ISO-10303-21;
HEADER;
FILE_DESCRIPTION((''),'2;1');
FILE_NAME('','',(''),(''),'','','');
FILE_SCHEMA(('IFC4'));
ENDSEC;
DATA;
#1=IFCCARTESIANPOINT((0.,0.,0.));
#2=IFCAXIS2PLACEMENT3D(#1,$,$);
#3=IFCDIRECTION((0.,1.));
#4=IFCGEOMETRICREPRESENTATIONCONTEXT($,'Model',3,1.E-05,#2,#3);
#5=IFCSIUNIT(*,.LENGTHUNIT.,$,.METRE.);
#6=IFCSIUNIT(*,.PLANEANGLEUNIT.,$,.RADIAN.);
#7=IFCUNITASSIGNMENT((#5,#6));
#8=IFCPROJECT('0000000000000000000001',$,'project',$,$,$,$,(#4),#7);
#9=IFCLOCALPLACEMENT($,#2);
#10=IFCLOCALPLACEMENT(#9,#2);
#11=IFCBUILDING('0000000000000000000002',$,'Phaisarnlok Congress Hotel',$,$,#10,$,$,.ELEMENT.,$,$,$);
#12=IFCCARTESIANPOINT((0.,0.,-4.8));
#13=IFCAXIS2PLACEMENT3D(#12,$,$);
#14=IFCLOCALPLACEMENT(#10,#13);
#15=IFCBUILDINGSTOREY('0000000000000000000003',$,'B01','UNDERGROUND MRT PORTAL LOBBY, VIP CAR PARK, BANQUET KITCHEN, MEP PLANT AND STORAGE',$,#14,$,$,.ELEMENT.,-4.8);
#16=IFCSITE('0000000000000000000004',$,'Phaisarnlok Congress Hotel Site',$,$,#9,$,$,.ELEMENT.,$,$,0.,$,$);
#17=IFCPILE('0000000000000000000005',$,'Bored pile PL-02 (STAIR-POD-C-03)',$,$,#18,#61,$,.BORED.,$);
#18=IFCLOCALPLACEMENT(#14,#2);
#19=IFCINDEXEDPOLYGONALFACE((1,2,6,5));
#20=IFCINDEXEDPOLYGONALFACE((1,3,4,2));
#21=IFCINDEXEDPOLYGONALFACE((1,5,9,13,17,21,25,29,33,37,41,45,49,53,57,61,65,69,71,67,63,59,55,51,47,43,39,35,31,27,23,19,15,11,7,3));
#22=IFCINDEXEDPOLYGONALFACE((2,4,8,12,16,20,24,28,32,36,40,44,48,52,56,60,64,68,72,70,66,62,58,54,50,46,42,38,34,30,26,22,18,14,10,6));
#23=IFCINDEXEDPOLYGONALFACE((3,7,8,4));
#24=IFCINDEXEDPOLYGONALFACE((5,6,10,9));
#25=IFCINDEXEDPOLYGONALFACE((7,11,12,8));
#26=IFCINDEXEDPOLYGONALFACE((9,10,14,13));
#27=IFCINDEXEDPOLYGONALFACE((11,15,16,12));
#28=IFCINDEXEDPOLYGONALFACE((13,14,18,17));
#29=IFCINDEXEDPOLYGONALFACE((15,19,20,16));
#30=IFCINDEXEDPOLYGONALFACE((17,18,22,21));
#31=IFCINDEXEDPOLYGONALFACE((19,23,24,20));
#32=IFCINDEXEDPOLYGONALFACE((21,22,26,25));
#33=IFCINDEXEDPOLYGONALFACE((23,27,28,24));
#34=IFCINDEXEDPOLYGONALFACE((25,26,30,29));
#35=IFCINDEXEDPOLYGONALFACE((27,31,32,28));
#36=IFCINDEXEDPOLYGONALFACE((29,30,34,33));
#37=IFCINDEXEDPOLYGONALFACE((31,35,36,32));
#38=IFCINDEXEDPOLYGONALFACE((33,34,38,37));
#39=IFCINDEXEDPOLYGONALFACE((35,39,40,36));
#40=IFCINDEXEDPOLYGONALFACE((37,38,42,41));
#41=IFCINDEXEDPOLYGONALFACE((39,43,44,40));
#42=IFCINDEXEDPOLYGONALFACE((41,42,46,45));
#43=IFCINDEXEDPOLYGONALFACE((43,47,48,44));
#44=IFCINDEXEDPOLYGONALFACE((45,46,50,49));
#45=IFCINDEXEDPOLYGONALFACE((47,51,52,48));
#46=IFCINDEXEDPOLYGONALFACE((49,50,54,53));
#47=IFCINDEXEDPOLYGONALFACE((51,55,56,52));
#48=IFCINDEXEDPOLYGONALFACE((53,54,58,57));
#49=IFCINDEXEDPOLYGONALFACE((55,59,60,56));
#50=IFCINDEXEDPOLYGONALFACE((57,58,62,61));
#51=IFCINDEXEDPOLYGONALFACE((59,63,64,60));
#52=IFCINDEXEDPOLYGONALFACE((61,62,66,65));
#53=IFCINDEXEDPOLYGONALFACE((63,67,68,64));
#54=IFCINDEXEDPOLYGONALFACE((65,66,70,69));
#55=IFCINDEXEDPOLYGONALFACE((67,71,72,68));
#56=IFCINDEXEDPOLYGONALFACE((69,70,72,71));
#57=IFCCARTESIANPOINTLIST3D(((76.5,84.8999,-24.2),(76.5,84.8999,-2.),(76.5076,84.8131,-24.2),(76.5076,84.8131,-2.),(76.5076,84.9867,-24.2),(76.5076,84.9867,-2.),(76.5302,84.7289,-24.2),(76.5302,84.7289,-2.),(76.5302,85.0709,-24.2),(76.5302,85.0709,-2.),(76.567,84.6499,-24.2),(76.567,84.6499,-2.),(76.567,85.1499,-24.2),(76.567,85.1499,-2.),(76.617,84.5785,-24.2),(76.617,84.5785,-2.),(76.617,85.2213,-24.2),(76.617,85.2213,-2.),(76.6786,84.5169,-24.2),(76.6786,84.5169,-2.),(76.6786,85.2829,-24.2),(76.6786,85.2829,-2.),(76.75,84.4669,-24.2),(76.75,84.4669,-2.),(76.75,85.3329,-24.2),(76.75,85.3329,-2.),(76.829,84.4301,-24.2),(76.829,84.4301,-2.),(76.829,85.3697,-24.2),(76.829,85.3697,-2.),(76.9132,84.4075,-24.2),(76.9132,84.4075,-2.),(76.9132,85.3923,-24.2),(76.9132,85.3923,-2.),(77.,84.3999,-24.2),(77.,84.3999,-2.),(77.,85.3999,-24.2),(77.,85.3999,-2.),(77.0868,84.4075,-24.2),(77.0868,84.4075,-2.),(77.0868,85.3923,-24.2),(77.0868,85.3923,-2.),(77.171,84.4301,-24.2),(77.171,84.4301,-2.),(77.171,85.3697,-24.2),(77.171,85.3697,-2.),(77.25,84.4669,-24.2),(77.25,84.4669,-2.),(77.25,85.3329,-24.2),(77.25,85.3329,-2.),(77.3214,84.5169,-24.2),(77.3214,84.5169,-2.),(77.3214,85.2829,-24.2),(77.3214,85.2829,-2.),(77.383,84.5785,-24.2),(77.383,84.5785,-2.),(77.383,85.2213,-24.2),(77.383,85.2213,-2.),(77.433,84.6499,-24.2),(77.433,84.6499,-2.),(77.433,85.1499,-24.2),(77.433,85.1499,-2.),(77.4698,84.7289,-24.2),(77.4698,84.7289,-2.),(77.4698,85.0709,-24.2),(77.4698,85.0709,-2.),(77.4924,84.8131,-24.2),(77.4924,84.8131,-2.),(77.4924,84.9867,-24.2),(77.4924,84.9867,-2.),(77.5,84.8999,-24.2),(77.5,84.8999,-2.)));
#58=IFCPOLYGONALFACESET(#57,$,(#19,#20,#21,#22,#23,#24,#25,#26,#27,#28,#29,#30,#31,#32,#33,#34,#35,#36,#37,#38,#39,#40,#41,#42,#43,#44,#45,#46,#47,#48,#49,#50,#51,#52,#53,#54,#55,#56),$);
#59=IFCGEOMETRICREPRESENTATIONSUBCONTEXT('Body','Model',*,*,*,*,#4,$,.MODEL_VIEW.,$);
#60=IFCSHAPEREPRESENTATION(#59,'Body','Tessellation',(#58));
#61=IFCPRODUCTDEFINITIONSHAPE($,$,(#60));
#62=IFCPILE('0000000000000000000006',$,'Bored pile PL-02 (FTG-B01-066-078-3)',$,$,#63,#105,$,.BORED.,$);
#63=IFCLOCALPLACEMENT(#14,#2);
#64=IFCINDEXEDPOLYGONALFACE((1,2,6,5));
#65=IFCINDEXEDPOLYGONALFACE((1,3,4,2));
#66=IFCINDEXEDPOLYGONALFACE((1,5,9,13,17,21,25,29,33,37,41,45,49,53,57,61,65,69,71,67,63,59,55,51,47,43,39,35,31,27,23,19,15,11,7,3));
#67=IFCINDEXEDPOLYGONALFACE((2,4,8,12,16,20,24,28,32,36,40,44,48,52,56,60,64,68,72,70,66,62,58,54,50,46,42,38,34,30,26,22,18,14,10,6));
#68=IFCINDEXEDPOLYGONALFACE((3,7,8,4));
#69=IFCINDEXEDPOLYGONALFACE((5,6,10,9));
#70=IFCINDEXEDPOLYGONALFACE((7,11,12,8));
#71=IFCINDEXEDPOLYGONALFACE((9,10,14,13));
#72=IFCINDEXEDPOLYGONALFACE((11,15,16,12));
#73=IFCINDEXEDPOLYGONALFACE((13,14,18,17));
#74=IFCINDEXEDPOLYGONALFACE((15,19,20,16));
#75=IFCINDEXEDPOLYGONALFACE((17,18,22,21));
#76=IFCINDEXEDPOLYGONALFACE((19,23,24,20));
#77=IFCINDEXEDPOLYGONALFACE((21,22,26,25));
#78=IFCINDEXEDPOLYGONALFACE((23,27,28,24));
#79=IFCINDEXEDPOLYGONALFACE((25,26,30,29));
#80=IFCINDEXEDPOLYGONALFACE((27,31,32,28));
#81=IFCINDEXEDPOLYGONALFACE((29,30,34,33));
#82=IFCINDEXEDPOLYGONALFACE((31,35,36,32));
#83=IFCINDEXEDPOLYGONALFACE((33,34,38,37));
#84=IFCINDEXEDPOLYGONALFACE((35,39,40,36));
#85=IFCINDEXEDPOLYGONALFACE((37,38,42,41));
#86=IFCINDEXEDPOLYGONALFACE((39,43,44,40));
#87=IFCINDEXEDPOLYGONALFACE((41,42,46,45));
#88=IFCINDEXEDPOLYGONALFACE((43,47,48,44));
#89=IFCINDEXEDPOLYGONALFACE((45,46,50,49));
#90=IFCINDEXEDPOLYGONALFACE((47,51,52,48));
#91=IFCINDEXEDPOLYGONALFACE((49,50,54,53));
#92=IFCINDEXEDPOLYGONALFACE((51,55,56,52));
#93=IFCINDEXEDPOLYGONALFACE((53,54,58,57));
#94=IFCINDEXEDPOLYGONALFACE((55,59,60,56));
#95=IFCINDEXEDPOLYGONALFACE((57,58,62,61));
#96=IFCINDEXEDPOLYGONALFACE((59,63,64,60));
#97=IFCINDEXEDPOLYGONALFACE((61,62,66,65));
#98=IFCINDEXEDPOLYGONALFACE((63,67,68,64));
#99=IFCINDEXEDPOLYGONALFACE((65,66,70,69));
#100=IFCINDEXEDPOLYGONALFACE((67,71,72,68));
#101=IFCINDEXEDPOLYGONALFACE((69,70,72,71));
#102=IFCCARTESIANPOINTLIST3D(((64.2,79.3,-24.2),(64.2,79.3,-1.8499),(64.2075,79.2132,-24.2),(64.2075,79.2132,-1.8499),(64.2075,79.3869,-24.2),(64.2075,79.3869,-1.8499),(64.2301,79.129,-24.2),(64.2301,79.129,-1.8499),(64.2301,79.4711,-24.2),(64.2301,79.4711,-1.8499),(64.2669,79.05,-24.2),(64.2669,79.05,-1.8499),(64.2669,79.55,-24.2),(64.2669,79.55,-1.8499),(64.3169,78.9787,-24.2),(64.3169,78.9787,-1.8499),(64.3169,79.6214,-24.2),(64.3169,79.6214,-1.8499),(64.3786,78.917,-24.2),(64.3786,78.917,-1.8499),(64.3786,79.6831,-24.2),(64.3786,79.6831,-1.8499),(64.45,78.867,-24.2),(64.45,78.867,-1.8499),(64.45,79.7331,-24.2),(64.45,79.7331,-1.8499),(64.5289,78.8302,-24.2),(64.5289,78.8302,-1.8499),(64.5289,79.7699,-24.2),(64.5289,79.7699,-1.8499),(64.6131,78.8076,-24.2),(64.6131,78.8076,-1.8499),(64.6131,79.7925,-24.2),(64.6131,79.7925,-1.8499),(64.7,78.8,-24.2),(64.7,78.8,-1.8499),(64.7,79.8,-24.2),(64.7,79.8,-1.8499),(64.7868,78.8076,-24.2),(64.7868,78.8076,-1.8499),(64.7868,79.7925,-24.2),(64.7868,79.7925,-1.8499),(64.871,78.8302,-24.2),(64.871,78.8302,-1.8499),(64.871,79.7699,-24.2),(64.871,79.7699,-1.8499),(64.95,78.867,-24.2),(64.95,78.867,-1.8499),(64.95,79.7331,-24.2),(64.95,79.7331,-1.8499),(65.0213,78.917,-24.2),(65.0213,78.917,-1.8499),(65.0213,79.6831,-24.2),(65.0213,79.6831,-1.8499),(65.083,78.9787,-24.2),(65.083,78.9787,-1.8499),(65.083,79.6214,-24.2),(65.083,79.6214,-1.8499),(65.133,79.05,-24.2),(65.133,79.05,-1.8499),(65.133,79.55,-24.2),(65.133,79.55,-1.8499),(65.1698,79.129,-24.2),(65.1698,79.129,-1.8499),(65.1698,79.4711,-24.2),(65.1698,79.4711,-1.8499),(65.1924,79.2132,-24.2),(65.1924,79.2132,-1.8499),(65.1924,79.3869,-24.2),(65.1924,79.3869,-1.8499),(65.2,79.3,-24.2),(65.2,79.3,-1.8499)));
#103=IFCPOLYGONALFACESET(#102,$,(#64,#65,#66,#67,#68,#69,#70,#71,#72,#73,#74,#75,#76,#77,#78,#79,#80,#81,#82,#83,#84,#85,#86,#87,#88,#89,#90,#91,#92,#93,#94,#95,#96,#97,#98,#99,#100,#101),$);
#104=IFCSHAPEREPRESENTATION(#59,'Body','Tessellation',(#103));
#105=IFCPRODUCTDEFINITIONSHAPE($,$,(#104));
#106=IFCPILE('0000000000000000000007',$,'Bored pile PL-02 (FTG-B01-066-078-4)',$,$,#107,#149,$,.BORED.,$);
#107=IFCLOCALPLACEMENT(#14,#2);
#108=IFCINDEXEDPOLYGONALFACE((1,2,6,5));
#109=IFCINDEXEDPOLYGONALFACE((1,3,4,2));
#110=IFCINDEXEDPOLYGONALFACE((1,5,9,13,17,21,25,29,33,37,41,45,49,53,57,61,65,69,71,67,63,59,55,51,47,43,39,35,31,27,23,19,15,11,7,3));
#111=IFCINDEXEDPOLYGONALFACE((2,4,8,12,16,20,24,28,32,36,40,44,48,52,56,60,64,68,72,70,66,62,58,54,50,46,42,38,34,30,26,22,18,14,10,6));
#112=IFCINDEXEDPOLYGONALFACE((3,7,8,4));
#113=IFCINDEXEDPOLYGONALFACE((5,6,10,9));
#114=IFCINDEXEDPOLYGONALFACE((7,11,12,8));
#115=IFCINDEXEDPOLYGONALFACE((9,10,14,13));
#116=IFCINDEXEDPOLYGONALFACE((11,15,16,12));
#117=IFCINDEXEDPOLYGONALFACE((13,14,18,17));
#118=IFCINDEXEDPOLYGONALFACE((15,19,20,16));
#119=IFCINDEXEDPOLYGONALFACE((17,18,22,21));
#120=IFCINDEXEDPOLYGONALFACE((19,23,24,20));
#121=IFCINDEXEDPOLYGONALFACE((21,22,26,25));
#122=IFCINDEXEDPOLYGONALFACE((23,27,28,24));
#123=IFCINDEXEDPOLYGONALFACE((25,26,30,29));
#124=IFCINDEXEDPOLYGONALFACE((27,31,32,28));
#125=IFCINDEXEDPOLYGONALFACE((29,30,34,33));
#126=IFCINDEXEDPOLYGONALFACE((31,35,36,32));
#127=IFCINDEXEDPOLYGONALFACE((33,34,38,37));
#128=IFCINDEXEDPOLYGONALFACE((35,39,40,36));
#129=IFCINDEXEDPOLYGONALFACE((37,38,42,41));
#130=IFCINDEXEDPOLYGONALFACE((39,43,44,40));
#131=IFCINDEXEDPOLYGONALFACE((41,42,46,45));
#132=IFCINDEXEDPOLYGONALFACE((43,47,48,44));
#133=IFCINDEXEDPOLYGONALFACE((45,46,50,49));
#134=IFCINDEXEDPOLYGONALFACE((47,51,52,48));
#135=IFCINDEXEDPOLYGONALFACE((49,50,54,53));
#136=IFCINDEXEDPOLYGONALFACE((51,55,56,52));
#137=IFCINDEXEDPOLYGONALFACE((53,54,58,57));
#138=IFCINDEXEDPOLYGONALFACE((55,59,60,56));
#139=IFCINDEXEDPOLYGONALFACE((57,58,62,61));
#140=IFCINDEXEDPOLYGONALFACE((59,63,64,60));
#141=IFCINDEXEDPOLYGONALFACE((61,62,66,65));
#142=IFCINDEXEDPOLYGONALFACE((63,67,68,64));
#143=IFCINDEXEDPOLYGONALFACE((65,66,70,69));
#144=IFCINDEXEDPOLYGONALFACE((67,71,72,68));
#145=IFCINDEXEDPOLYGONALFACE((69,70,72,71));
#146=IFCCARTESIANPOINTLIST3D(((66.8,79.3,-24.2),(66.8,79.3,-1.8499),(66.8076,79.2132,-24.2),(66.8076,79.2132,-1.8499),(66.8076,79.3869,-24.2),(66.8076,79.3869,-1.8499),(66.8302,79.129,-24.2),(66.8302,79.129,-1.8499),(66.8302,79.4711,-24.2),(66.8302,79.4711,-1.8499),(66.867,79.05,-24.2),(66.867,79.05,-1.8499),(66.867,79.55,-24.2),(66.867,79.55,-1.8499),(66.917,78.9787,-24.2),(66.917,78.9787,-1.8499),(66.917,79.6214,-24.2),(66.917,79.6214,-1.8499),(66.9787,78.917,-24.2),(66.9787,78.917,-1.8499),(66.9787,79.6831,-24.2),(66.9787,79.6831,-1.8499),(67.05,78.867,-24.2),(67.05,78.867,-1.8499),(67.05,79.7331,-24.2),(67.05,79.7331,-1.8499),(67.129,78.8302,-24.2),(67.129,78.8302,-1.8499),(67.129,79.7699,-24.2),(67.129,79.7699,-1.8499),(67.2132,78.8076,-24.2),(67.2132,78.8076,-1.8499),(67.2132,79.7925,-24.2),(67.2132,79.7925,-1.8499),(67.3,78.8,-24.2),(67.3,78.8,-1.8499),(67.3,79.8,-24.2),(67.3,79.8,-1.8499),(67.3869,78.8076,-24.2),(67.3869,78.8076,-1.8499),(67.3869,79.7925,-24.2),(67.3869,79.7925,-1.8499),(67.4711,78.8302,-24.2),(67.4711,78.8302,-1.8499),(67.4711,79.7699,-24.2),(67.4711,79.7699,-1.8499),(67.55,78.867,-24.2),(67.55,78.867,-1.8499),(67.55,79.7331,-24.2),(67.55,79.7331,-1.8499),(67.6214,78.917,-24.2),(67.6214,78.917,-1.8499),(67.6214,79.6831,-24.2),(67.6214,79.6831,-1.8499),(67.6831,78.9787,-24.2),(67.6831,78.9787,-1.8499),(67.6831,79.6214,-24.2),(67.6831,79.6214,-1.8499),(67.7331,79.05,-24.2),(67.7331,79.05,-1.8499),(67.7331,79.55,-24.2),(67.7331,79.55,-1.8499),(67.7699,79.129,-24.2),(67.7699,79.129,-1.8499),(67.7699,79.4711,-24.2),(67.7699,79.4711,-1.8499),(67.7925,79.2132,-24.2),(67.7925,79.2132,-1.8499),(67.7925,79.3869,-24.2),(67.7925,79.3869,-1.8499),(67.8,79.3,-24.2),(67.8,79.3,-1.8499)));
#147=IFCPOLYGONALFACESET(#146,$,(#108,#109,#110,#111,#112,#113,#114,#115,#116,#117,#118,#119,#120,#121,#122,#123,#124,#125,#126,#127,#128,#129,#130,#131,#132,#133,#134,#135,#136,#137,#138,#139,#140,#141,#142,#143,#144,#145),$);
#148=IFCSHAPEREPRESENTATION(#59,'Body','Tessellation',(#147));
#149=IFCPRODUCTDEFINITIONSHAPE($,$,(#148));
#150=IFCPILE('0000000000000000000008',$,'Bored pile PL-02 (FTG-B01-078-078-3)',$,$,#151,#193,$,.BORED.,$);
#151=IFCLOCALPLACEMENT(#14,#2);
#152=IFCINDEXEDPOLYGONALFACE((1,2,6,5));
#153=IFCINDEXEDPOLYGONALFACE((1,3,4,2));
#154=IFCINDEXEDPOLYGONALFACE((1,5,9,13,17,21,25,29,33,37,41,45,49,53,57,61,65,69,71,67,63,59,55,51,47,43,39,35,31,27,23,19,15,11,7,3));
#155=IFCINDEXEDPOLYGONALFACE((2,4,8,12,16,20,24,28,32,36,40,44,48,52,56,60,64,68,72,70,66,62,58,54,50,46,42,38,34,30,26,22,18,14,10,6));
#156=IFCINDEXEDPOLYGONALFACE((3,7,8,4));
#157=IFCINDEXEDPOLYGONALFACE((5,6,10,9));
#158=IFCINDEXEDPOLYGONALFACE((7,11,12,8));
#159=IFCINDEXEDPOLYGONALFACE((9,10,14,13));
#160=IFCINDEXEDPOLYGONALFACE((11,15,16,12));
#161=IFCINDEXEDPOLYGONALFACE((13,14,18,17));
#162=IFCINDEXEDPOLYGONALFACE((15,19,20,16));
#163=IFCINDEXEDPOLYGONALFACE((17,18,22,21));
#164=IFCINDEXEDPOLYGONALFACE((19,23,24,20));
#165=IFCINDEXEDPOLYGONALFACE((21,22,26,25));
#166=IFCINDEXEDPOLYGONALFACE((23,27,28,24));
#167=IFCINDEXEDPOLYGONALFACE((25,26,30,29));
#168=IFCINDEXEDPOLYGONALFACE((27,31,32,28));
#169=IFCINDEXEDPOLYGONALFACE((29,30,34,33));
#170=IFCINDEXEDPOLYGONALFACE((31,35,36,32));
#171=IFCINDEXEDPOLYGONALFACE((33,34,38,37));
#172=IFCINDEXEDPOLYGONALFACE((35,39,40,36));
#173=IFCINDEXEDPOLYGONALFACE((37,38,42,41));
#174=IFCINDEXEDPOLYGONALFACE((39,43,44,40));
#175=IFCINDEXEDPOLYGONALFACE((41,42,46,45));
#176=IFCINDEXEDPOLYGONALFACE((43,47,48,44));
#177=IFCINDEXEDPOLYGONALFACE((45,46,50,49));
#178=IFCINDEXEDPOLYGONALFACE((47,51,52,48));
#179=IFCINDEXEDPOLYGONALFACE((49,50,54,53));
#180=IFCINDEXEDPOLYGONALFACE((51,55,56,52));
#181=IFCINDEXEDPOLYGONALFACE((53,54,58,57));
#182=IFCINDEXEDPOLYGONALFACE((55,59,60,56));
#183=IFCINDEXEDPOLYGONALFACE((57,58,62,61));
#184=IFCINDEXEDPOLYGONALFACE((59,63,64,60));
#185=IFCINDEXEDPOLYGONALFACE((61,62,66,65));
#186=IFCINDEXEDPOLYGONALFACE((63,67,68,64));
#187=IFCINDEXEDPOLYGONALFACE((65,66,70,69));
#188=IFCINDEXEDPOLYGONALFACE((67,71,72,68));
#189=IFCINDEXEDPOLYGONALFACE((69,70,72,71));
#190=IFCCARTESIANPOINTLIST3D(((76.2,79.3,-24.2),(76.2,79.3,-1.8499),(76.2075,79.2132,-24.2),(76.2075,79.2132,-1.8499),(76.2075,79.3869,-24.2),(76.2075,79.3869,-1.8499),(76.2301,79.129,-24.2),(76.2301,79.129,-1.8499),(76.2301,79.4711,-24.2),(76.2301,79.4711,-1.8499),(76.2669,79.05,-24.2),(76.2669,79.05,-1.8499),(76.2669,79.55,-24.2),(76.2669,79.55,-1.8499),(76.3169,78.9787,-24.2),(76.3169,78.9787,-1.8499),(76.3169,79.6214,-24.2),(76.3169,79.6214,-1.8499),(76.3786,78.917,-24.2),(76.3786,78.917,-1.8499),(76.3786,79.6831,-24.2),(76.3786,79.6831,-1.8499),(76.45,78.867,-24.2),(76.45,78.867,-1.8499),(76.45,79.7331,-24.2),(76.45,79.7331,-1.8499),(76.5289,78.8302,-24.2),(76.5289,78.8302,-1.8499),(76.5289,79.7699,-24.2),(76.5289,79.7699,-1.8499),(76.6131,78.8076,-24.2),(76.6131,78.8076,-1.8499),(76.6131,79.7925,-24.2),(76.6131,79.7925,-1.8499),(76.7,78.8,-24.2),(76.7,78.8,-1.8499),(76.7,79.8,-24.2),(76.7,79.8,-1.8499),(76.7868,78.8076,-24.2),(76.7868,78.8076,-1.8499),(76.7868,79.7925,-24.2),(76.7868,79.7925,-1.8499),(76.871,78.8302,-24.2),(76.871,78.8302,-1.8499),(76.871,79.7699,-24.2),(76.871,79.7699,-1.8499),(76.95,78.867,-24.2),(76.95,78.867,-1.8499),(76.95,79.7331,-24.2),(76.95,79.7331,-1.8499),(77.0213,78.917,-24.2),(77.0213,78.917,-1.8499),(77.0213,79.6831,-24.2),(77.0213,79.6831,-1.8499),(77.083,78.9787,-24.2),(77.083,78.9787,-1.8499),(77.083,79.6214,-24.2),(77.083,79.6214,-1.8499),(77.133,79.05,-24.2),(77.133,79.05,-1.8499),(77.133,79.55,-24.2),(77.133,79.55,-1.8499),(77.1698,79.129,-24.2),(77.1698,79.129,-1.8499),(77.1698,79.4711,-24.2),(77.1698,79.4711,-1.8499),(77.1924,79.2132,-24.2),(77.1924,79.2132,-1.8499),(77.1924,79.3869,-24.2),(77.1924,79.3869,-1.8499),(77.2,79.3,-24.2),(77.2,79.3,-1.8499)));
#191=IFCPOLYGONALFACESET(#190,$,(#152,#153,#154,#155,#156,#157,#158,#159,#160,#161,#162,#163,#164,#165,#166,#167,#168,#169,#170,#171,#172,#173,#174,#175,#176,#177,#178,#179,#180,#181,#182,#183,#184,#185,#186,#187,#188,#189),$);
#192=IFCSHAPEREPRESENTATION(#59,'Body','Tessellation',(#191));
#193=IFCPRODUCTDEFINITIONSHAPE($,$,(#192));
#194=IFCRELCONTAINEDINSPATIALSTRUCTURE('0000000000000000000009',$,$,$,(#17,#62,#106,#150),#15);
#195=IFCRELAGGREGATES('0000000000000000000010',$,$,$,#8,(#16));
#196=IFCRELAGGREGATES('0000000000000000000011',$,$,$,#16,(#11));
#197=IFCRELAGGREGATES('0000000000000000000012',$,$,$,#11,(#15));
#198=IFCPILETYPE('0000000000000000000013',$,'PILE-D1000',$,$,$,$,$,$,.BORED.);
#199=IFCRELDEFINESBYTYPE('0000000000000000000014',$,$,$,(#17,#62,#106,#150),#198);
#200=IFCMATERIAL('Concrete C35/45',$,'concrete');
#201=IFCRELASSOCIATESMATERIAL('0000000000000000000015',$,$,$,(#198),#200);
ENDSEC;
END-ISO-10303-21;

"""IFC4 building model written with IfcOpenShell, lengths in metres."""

from ifc_helpers import new_model, si_unit, direction, frame, origin, origin_2d, place, context, subcontext, project, spatial, circle, extrude, material, material_profile, profile_set, type_object, element, save


model = new_model("IFC4")

# Units and contexts
model_context = context("Model", 3, precision=1e-05, world=origin(), true_north=direction((0.0, 1.0)))
body_context = subcontext(model_context, "Body", "Model", "MODEL_VIEW")
ifc_project = project(units=[si_unit("LENGTHUNIT", "METRE"), si_unit("PLANEANGLEUNIT", "RADIAN")], contexts=[model_context])

# Site, building, storey
site_placement = place(None, origin())
site = spatial("IfcSite", under=ifc_project, at=site_placement, Name="Phaisarnlok Congress Hotel Site", CompositionType="ELEMENT", RefElevation=0.0)
building_placement = place(site_placement, origin())
building = spatial("IfcBuilding", under=site, at=building_placement, Name="Phaisarnlok Congress Hotel", CompositionType="ELEMENT")
storey_placement = place(building_placement, frame((0.0, 0.0, -4.8)))
storey = spatial("IfcBuildingStorey", under=building, at=storey_placement, Name="B01", Description="UNDERGROUND MRT PORTAL LOBBY, VIP CAR PARK, BANQUET KITCHEN, MEP PLANT AND STORAGE", CompositionType="ELEMENT", Elevation=-4.8)

# Piles
ifc_material_1 = material(Name="Concrete C35/45", Category="concrete")
ifc_material_profile_1 = material_profile(ifc_material_1, circle(Radius=0.5, at=origin_2d()), Name="BORED PILE D1000")
ifc_profile_set_1 = profile_set([ifc_material_profile_1], Name="Concrete C35/45")
pile_type_1 = type_object("IfcPileType", Name="PILE-D1000", PredefinedType="BORED", material=ifc_profile_set_1)
for number, where, z_axis, x_axis, name in (
    (1, (77.0, 84.8999, -2.0), (0.0, 0.0, -1.0), (1.0, 0.0, 0.0), "Bored pile PL-02 (STAIR-POD-C-03)"),
):
    element("IfcPile", number, at=place(storey_placement, frame(where, z_axis=z_axis, x_axis=x_axis)), inside=storey, type_object=pile_type_1, Name=name, PredefinedType="BORED", context=body_context, shape_type="SweptSolid", body=[
        extrude(circle(Radius=0.5, at=origin_2d()), origin(), (0.0, 0.0, 1.0), 22.2),
    ])
for number, where, z_axis, x_axis, name in (
    (2, (64.7, 79.3, -1.8499), (0.0, 0.0, -1.0), (1.0, 0.0, 0.0), "Bored pile PL-02 (FTG-B01-066-078-3)"),
    (3, (67.3, 79.3, -1.8499), (0.0, 0.0, -1.0), (1.0, 0.0, 0.0), "Bored pile PL-02 (FTG-B01-066-078-4)"),
    (4, (76.7, 79.3, -1.8499), (0.0, 0.0, -1.0), (1.0, 0.0, 0.0), "Bored pile PL-02 (FTG-B01-078-078-3)"),
):
    element("IfcPile", number, at=place(storey_placement, frame(where, z_axis=z_axis, x_axis=x_axis)), inside=storey, type_object=pile_type_1, Name=name, PredefinedType="BORED", context=body_context, shape_type="SweptSolid", body=[
        extrude(circle(Radius=0.5, at=origin_2d()), origin(), (0.0, 0.0, 1.0), 22.3501),
    ])

save(model, "model.ifc")
